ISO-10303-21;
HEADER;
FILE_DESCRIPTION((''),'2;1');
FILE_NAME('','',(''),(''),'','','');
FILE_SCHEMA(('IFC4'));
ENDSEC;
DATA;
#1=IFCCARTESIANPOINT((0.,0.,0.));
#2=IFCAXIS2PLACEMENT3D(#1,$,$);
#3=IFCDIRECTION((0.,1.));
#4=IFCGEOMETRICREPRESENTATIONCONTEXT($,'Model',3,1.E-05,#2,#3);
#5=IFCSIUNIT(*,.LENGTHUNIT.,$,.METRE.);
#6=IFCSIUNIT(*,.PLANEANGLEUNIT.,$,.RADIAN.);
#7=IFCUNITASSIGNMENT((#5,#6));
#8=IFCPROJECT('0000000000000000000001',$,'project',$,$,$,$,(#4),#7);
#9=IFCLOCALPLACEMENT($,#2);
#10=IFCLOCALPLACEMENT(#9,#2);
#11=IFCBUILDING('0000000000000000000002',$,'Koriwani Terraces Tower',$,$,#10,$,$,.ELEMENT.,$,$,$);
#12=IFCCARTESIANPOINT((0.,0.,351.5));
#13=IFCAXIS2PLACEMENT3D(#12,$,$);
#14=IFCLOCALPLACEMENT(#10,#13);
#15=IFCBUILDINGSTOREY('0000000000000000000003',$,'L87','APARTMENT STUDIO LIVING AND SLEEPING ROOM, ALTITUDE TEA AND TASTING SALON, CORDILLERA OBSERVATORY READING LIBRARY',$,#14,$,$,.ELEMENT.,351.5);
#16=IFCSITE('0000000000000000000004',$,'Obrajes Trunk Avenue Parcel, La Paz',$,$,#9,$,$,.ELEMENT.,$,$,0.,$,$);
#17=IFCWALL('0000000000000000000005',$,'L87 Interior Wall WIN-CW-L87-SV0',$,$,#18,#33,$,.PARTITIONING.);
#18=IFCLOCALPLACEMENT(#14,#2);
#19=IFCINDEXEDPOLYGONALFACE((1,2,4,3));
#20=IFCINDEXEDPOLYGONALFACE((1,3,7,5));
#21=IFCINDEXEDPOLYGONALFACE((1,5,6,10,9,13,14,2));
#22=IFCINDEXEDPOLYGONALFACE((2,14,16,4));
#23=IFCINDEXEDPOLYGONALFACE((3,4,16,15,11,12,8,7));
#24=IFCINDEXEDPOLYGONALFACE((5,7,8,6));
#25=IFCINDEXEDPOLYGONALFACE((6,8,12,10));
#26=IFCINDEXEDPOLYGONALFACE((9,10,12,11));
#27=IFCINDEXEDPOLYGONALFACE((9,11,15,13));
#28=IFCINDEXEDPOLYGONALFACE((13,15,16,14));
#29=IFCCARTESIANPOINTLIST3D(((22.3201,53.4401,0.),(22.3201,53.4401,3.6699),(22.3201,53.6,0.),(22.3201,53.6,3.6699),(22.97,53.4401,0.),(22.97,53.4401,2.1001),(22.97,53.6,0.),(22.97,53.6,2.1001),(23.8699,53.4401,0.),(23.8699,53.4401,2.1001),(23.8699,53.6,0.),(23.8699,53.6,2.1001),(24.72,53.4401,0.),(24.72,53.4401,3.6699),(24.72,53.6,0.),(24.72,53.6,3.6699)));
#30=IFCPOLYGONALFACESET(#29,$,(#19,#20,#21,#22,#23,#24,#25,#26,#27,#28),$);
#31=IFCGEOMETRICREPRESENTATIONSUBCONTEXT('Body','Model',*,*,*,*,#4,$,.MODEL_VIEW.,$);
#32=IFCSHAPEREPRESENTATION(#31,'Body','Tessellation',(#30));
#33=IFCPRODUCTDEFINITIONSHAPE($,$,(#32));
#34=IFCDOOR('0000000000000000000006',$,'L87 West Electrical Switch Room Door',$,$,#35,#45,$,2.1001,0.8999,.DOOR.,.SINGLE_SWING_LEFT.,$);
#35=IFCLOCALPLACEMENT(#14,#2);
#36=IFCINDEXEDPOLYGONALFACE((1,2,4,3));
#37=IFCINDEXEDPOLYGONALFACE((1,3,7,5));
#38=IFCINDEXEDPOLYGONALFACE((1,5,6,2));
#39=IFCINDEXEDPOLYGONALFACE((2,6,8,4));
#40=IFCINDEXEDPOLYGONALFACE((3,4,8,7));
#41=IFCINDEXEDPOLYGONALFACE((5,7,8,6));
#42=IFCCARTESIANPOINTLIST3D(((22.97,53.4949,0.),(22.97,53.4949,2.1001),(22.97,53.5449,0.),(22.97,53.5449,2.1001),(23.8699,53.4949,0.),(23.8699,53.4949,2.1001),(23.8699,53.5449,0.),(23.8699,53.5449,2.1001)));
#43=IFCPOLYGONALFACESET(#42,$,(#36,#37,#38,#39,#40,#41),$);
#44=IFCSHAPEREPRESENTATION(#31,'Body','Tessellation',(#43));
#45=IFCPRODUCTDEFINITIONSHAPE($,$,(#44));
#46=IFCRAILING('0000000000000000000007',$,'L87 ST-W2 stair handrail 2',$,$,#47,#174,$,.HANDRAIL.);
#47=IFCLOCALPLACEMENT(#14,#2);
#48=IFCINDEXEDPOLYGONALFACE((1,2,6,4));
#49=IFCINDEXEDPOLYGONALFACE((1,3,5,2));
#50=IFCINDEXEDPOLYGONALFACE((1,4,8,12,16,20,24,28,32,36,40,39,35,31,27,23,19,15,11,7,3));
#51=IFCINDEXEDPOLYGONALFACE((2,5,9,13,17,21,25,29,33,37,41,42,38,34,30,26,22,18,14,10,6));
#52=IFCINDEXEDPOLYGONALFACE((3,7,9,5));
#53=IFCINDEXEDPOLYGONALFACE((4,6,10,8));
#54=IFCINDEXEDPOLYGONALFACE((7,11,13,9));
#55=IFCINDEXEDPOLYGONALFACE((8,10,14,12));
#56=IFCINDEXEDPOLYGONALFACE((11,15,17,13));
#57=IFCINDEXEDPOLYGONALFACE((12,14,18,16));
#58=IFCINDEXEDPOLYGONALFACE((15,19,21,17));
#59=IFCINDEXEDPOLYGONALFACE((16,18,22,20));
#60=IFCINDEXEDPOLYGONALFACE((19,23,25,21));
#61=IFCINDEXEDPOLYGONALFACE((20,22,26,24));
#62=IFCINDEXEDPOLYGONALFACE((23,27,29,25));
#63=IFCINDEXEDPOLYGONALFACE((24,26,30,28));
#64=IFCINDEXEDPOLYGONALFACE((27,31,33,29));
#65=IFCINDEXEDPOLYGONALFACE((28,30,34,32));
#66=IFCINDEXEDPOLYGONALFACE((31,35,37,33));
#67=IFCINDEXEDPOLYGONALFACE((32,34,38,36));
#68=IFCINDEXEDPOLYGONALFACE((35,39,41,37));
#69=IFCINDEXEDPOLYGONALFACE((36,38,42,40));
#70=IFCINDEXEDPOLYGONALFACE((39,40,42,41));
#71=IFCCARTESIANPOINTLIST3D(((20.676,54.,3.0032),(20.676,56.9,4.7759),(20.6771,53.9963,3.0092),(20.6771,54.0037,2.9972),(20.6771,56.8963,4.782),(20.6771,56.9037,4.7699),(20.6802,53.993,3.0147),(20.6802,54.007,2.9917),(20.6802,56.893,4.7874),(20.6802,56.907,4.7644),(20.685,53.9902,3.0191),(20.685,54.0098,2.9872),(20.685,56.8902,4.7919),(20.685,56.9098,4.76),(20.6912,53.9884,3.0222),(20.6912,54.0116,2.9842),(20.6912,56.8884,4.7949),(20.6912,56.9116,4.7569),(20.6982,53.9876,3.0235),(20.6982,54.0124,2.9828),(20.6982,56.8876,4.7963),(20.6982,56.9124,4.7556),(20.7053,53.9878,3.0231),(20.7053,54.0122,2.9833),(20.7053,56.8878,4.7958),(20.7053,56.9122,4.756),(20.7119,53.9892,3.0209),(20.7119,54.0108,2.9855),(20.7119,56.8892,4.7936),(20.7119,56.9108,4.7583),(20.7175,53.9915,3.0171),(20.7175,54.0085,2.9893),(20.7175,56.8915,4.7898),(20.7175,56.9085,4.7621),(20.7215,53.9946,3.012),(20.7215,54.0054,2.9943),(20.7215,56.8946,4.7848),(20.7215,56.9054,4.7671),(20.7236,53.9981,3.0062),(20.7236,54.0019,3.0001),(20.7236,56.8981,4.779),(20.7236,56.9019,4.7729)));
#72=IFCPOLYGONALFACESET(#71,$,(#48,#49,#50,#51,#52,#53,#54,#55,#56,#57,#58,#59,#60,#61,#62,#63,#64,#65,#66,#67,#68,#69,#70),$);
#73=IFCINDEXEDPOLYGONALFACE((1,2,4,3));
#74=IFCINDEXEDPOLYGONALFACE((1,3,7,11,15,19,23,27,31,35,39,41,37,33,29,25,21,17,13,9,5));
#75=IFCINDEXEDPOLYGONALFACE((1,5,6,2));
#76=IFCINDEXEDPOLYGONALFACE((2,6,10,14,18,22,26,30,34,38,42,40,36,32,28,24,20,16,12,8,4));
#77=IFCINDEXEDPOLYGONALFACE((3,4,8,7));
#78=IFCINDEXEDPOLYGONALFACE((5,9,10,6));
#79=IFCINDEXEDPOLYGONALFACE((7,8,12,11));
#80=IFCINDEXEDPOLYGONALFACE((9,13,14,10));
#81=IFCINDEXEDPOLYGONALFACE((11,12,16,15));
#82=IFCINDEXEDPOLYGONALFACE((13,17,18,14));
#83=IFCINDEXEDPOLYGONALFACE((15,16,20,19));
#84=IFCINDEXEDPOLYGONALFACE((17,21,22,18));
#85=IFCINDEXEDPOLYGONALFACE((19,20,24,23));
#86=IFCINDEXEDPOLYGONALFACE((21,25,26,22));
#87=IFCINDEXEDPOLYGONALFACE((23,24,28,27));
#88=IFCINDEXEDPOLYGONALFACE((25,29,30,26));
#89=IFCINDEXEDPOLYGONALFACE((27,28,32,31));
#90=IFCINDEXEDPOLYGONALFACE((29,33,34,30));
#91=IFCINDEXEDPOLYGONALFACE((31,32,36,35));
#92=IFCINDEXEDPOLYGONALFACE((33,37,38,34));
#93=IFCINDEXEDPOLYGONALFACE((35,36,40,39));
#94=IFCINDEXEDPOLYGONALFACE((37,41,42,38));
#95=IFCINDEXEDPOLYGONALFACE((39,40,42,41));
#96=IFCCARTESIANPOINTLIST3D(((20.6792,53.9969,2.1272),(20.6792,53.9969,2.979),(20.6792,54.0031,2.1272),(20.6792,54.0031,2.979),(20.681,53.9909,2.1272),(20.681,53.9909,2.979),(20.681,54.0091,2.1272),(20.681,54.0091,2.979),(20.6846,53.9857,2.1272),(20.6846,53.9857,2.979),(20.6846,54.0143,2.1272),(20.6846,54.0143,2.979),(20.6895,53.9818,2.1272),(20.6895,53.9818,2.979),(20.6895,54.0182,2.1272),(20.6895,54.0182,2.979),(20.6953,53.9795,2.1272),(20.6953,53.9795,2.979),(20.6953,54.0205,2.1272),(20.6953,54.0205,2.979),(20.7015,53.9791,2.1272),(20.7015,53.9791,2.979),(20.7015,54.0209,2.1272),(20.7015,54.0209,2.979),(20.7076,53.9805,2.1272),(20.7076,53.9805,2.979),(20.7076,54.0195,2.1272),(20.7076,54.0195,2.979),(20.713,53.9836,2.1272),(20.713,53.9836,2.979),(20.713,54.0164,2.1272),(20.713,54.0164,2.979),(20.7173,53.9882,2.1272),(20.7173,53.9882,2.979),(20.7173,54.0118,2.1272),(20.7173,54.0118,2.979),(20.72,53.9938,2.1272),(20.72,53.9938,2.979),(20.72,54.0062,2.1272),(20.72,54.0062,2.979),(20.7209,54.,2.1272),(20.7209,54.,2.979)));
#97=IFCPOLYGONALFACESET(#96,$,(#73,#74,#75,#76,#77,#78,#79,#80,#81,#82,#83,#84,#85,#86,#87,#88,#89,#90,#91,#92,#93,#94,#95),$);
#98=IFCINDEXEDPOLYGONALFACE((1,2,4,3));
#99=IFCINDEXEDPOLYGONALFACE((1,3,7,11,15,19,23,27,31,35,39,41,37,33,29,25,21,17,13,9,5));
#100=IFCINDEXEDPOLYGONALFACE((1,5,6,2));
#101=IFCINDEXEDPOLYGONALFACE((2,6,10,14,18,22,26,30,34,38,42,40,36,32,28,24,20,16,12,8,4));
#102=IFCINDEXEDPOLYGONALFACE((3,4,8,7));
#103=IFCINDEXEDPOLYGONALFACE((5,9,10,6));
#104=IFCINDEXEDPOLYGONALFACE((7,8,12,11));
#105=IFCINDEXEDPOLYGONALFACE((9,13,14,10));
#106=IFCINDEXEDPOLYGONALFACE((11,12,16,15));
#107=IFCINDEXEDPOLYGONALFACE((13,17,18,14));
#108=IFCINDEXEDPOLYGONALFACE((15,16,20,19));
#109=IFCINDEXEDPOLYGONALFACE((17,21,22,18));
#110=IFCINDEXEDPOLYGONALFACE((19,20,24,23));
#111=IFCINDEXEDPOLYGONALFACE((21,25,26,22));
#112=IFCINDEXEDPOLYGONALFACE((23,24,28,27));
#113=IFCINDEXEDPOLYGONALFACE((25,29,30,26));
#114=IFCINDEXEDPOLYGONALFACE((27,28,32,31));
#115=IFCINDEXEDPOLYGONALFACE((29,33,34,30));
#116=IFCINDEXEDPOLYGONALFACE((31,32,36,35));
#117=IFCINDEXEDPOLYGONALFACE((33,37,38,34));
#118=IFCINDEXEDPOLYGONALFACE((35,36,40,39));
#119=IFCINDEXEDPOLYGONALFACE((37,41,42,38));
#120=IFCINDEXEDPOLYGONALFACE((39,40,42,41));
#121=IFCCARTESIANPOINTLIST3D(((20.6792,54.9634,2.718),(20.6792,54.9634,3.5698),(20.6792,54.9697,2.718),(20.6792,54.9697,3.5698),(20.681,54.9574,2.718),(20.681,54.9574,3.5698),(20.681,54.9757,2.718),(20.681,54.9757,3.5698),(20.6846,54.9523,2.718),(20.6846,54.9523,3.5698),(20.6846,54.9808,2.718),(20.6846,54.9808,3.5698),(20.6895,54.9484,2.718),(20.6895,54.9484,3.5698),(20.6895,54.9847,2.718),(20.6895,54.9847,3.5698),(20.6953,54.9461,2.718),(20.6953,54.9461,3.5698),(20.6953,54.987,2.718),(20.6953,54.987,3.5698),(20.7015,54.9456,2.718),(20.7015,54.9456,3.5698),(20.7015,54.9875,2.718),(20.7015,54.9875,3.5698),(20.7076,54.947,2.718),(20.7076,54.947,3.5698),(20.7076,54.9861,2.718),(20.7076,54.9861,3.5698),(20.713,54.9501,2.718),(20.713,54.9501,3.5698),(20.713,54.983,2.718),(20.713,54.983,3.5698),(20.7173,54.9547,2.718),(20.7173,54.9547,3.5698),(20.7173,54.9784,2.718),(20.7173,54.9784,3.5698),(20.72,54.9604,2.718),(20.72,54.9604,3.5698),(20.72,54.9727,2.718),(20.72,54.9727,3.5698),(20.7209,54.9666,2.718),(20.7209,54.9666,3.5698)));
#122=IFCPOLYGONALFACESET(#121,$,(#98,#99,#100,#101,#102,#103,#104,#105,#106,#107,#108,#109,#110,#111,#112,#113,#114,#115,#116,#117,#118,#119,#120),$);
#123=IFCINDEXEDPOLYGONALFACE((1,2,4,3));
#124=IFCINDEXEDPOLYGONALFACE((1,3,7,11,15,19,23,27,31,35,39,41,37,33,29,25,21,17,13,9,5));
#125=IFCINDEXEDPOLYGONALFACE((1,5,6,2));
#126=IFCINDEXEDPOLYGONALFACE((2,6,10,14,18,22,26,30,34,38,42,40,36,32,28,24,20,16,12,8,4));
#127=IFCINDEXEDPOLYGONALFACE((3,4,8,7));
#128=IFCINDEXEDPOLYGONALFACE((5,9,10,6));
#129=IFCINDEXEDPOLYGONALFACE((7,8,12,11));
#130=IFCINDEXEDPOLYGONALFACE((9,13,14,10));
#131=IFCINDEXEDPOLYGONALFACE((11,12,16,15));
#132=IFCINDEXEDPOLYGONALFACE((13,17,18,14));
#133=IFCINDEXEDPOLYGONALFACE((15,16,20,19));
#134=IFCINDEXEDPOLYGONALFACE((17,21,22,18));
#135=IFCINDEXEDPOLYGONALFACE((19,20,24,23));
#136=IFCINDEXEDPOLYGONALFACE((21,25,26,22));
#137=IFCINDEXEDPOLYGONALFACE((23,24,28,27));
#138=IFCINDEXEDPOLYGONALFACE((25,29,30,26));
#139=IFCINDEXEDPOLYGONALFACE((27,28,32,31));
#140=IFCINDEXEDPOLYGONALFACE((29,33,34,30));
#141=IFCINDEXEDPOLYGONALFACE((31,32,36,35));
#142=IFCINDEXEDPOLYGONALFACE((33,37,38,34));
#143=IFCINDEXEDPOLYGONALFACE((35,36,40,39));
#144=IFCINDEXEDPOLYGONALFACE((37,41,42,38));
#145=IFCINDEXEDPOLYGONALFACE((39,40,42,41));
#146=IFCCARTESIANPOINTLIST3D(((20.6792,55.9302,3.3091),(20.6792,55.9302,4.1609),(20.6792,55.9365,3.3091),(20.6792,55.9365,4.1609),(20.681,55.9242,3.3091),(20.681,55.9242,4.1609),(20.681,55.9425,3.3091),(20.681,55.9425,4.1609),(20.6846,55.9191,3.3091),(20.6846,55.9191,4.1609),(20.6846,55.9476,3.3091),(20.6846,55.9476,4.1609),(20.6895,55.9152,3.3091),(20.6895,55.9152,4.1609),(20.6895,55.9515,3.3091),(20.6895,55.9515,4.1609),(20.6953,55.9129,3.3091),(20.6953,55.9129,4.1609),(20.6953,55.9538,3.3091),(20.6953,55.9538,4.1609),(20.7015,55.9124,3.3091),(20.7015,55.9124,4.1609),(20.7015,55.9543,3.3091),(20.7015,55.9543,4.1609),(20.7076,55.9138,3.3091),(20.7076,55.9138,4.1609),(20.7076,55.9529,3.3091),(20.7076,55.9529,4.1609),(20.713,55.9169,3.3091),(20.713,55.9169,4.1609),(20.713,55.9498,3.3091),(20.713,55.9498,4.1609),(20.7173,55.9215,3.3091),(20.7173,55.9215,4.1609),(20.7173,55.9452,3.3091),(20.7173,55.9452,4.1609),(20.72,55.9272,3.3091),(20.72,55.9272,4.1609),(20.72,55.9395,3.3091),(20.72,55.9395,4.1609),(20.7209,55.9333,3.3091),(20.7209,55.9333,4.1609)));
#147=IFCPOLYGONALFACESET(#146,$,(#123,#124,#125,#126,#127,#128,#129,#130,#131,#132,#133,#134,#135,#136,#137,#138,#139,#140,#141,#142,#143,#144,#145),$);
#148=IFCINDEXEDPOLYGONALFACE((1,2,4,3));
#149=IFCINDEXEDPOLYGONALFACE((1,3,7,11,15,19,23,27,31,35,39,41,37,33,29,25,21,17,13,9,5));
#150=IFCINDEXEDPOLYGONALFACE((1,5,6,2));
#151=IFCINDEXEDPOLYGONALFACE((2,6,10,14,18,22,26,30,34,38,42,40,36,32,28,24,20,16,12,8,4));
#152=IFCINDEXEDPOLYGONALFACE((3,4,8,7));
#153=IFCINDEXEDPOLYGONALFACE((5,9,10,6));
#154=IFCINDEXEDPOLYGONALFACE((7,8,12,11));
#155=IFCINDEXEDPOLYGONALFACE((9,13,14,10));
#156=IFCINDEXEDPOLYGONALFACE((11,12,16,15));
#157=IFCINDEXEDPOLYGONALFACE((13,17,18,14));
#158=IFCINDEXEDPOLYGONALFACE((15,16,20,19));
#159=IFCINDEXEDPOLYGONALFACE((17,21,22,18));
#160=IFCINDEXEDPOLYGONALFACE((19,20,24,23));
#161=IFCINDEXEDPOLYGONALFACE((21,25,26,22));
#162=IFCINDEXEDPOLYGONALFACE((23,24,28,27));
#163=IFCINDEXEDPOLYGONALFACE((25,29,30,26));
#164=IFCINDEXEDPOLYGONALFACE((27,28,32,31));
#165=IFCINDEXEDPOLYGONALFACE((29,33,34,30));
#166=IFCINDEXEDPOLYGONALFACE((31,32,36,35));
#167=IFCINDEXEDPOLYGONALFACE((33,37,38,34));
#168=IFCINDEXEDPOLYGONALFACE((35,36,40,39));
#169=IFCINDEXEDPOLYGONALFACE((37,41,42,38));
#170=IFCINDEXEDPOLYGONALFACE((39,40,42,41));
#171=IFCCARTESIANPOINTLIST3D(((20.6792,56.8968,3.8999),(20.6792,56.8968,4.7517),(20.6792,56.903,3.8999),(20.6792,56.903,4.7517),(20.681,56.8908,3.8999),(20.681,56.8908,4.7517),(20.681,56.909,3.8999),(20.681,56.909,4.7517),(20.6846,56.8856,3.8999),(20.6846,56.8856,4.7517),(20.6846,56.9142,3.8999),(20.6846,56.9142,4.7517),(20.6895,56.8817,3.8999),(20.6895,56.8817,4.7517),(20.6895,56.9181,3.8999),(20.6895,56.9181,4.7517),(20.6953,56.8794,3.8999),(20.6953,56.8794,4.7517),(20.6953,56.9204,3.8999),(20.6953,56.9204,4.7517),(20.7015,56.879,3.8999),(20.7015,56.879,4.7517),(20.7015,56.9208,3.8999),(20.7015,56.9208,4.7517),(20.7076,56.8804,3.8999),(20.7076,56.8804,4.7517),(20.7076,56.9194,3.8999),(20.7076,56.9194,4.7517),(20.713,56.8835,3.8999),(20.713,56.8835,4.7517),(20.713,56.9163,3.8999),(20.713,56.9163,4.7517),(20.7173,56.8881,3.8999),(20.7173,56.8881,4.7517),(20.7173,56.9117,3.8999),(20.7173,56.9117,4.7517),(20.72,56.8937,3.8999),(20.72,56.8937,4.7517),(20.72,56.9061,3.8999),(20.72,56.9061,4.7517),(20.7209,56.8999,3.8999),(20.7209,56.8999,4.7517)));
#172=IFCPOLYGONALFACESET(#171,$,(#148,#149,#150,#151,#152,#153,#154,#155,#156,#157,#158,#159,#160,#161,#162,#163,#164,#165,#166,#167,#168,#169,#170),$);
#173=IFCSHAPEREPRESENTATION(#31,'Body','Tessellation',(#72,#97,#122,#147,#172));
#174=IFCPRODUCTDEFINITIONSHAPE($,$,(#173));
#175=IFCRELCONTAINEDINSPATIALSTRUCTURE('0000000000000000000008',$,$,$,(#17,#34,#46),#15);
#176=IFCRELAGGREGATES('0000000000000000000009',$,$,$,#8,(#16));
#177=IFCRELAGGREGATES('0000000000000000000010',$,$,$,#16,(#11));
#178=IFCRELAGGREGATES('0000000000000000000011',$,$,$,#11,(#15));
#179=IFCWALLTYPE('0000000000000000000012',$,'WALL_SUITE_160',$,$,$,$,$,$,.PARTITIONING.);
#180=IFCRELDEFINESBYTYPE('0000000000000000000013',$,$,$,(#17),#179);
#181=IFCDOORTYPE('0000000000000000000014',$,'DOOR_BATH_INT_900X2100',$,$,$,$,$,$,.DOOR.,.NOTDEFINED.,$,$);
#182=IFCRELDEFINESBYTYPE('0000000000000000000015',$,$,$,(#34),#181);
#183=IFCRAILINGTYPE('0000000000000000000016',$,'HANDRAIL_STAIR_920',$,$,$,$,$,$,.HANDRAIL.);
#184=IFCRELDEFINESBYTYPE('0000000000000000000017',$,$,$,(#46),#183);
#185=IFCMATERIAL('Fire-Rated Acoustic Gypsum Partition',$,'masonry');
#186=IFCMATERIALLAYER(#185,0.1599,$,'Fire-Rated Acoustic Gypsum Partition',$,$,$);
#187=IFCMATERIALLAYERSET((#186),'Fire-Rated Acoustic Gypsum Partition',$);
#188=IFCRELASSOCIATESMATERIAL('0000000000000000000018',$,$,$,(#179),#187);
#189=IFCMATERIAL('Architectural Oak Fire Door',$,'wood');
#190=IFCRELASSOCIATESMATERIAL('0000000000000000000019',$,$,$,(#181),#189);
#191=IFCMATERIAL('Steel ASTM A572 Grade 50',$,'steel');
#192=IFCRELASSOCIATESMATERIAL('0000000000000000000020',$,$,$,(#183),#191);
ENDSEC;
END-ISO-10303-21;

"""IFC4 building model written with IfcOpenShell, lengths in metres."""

from ifc_helpers import new_model, si_unit, direction, frame, frame_2d, origin, origin_2d, place, context, subcontext, project, spatial, rectangle, circle, extrude, material, layer, layer_set, type_object, element, fill, save


model = new_model("IFC4")

# Units and contexts
model_context = context("Model", 3, precision=1e-05, world=origin(), true_north=direction((0.0, 1.0)))
body_context = subcontext(model_context, "Body", "Model", "MODEL_VIEW")
ifc_project = project(units=[si_unit("LENGTHUNIT", "METRE"), si_unit("PLANEANGLEUNIT", "RADIAN")], contexts=[model_context])

# Site, building, storey
site_placement = place(None, origin())
site = spatial("IfcSite", under=ifc_project, at=site_placement, Name="Obrajes Trunk Avenue Parcel, La Paz", CompositionType="ELEMENT", RefElevation=0.0)
building_placement = place(site_placement, origin())
building = spatial("IfcBuilding", under=site, at=building_placement, Name="Koriwani Terraces Tower", CompositionType="ELEMENT")
storey_placement = place(building_placement, frame((0.0, 0.0, 351.5)))
storey = spatial("IfcBuildingStorey", under=building, at=storey_placement, Name="L87", Description="APARTMENT STUDIO LIVING AND SLEEPING ROOM, ALTITUDE TEA AND TASTING SALON, CORDILLERA OBSERVATORY READING LIBRARY", CompositionType="ELEMENT", Elevation=351.5)

# Shared definitions
ifc_material_1 = material(Name="Steel ASTM A572 Grade 50", Category="steel")

# Wall, opening, door
ifc_material_2 = material(Name="Fire-Rated Acoustic Gypsum Partition", Category="masonry")
ifc_layer_1 = layer(ifc_material_2, 0.1599, Name="Fire-Rated Acoustic Gypsum Partition")
ifc_layer_set_1 = layer_set([ifc_layer_1], Name="Fire-Rated Acoustic Gypsum Partition")
wall_type_1 = type_object("IfcWallType", Name="WALL_SUITE_160", PredefinedType="PARTITIONING", material=ifc_layer_set_1)
wall_1_placement = place(storey_placement, frame((22.3201, 53.52, 0.0), z_axis=(0.0, 0.0, 1.0), x_axis=(1.0, 0.0, 0.0)))
wall_1 = element("IfcWall", 1, at=wall_1_placement, inside=storey, type_object=wall_type_1, Name="L87 Interior Wall WIN-CW-L87-SV0", PredefinedType="PARTITIONING", context=body_context, shape_type="SweptSolid", body=[
    extrude(rectangle(XDim=2.3999, YDim=0.1599, at=frame_2d((1.2, 0.0))), origin(), (0.0, 0.0, 1.0), 3.6699),
])
opening_1_placement = place(wall_1_placement, frame((0.6499, 0.0, 0.0)))
opening_1 = element("IfcOpeningElement", 2, at=opening_1_placement, cuts=wall_1, PredefinedType="OPENING", context=body_context, shape_type="SweptSolid", body=[
    extrude(rectangle(XDim=0.8999, YDim=2.1001, at=frame_2d((0.45, 1.05))), frame((0.0, 0.0898, 0.0), z_axis=(0.0, -1.0, 0.0), x_axis=(1.0, 0.0, 0.0)), (0.0, 0.0, 1.0), 0.1799),
])
ifc_material_3 = material(Name="Architectural Oak Fire Door", Category="wood")
door_type_1 = type_object("IfcDoorType", Name="DOOR_BATH_INT_900X2100", OperationType="NOTDEFINED", PredefinedType="DOOR", material=ifc_material_3)
door_1_placement = place(opening_1_placement, origin())
door_1 = element("IfcDoor", 3, at=door_1_placement, inside=storey, type_object=door_type_1, Name="L87 West Electrical Switch Room Door", OperationType="SINGLE_SWING_LEFT", OverallHeight=2.1001, OverallWidth=0.8999, PredefinedType="DOOR", context=body_context, shape_type="SweptSolid", body=[
    extrude(rectangle(XDim=0.8999, YDim=2.1001, at=frame_2d((0.45, 1.05))), frame((0.0, 0.0249, 0.0), z_axis=(0.0, -1.0, 0.0), x_axis=(1.0, 0.0, 0.0)), (0.0, 0.0, 1.0), 0.05),
])
fill(opening_1, door_1)

# Railing
railing_type = type_object("IfcRailingType", Name="HANDRAIL_STAIR_920", PredefinedType="HANDRAIL", material=ifc_material_1)
railing_placement = place(storey_placement, frame((20.7, 54.0, 2.1272)))
element("IfcRailing", 4, at=railing_placement, inside=storey, type_object=railing_type, Name="L87 ST-W2 stair handrail 2", PredefinedType="HANDRAIL", context=body_context, shape_type="SweptSolid", body=[
    extrude(circle(Radius=0.0239, at=origin_2d()), frame((0.0, 0.0, 0.876), z_axis=(0.0, 0.853211, 0.521566), x_axis=(-1.0, 0.0, 0.0)), (0.0, 0.0, 1.0), 3.3989),
    extrude(circle(Radius=0.021, at=origin_2d()), origin(), (0.0, 0.0, 1.0), 0.8518),
    extrude(circle(Radius=0.021, at=origin_2d()), frame((0.0, 0.9666, 0.5908)), (0.0, 0.0, 1.0), 0.8518),
    extrude(circle(Radius=0.021, at=origin_2d()), frame((0.0, 1.9333, 1.1819)), (0.0, 0.0, 1.0), 0.8518),
    extrude(circle(Radius=0.021, at=origin_2d()), frame((0.0, 2.8999, 1.7727)), (0.0, 0.0, 1.0), 0.8518),
])

save(model, "model.ifc")
